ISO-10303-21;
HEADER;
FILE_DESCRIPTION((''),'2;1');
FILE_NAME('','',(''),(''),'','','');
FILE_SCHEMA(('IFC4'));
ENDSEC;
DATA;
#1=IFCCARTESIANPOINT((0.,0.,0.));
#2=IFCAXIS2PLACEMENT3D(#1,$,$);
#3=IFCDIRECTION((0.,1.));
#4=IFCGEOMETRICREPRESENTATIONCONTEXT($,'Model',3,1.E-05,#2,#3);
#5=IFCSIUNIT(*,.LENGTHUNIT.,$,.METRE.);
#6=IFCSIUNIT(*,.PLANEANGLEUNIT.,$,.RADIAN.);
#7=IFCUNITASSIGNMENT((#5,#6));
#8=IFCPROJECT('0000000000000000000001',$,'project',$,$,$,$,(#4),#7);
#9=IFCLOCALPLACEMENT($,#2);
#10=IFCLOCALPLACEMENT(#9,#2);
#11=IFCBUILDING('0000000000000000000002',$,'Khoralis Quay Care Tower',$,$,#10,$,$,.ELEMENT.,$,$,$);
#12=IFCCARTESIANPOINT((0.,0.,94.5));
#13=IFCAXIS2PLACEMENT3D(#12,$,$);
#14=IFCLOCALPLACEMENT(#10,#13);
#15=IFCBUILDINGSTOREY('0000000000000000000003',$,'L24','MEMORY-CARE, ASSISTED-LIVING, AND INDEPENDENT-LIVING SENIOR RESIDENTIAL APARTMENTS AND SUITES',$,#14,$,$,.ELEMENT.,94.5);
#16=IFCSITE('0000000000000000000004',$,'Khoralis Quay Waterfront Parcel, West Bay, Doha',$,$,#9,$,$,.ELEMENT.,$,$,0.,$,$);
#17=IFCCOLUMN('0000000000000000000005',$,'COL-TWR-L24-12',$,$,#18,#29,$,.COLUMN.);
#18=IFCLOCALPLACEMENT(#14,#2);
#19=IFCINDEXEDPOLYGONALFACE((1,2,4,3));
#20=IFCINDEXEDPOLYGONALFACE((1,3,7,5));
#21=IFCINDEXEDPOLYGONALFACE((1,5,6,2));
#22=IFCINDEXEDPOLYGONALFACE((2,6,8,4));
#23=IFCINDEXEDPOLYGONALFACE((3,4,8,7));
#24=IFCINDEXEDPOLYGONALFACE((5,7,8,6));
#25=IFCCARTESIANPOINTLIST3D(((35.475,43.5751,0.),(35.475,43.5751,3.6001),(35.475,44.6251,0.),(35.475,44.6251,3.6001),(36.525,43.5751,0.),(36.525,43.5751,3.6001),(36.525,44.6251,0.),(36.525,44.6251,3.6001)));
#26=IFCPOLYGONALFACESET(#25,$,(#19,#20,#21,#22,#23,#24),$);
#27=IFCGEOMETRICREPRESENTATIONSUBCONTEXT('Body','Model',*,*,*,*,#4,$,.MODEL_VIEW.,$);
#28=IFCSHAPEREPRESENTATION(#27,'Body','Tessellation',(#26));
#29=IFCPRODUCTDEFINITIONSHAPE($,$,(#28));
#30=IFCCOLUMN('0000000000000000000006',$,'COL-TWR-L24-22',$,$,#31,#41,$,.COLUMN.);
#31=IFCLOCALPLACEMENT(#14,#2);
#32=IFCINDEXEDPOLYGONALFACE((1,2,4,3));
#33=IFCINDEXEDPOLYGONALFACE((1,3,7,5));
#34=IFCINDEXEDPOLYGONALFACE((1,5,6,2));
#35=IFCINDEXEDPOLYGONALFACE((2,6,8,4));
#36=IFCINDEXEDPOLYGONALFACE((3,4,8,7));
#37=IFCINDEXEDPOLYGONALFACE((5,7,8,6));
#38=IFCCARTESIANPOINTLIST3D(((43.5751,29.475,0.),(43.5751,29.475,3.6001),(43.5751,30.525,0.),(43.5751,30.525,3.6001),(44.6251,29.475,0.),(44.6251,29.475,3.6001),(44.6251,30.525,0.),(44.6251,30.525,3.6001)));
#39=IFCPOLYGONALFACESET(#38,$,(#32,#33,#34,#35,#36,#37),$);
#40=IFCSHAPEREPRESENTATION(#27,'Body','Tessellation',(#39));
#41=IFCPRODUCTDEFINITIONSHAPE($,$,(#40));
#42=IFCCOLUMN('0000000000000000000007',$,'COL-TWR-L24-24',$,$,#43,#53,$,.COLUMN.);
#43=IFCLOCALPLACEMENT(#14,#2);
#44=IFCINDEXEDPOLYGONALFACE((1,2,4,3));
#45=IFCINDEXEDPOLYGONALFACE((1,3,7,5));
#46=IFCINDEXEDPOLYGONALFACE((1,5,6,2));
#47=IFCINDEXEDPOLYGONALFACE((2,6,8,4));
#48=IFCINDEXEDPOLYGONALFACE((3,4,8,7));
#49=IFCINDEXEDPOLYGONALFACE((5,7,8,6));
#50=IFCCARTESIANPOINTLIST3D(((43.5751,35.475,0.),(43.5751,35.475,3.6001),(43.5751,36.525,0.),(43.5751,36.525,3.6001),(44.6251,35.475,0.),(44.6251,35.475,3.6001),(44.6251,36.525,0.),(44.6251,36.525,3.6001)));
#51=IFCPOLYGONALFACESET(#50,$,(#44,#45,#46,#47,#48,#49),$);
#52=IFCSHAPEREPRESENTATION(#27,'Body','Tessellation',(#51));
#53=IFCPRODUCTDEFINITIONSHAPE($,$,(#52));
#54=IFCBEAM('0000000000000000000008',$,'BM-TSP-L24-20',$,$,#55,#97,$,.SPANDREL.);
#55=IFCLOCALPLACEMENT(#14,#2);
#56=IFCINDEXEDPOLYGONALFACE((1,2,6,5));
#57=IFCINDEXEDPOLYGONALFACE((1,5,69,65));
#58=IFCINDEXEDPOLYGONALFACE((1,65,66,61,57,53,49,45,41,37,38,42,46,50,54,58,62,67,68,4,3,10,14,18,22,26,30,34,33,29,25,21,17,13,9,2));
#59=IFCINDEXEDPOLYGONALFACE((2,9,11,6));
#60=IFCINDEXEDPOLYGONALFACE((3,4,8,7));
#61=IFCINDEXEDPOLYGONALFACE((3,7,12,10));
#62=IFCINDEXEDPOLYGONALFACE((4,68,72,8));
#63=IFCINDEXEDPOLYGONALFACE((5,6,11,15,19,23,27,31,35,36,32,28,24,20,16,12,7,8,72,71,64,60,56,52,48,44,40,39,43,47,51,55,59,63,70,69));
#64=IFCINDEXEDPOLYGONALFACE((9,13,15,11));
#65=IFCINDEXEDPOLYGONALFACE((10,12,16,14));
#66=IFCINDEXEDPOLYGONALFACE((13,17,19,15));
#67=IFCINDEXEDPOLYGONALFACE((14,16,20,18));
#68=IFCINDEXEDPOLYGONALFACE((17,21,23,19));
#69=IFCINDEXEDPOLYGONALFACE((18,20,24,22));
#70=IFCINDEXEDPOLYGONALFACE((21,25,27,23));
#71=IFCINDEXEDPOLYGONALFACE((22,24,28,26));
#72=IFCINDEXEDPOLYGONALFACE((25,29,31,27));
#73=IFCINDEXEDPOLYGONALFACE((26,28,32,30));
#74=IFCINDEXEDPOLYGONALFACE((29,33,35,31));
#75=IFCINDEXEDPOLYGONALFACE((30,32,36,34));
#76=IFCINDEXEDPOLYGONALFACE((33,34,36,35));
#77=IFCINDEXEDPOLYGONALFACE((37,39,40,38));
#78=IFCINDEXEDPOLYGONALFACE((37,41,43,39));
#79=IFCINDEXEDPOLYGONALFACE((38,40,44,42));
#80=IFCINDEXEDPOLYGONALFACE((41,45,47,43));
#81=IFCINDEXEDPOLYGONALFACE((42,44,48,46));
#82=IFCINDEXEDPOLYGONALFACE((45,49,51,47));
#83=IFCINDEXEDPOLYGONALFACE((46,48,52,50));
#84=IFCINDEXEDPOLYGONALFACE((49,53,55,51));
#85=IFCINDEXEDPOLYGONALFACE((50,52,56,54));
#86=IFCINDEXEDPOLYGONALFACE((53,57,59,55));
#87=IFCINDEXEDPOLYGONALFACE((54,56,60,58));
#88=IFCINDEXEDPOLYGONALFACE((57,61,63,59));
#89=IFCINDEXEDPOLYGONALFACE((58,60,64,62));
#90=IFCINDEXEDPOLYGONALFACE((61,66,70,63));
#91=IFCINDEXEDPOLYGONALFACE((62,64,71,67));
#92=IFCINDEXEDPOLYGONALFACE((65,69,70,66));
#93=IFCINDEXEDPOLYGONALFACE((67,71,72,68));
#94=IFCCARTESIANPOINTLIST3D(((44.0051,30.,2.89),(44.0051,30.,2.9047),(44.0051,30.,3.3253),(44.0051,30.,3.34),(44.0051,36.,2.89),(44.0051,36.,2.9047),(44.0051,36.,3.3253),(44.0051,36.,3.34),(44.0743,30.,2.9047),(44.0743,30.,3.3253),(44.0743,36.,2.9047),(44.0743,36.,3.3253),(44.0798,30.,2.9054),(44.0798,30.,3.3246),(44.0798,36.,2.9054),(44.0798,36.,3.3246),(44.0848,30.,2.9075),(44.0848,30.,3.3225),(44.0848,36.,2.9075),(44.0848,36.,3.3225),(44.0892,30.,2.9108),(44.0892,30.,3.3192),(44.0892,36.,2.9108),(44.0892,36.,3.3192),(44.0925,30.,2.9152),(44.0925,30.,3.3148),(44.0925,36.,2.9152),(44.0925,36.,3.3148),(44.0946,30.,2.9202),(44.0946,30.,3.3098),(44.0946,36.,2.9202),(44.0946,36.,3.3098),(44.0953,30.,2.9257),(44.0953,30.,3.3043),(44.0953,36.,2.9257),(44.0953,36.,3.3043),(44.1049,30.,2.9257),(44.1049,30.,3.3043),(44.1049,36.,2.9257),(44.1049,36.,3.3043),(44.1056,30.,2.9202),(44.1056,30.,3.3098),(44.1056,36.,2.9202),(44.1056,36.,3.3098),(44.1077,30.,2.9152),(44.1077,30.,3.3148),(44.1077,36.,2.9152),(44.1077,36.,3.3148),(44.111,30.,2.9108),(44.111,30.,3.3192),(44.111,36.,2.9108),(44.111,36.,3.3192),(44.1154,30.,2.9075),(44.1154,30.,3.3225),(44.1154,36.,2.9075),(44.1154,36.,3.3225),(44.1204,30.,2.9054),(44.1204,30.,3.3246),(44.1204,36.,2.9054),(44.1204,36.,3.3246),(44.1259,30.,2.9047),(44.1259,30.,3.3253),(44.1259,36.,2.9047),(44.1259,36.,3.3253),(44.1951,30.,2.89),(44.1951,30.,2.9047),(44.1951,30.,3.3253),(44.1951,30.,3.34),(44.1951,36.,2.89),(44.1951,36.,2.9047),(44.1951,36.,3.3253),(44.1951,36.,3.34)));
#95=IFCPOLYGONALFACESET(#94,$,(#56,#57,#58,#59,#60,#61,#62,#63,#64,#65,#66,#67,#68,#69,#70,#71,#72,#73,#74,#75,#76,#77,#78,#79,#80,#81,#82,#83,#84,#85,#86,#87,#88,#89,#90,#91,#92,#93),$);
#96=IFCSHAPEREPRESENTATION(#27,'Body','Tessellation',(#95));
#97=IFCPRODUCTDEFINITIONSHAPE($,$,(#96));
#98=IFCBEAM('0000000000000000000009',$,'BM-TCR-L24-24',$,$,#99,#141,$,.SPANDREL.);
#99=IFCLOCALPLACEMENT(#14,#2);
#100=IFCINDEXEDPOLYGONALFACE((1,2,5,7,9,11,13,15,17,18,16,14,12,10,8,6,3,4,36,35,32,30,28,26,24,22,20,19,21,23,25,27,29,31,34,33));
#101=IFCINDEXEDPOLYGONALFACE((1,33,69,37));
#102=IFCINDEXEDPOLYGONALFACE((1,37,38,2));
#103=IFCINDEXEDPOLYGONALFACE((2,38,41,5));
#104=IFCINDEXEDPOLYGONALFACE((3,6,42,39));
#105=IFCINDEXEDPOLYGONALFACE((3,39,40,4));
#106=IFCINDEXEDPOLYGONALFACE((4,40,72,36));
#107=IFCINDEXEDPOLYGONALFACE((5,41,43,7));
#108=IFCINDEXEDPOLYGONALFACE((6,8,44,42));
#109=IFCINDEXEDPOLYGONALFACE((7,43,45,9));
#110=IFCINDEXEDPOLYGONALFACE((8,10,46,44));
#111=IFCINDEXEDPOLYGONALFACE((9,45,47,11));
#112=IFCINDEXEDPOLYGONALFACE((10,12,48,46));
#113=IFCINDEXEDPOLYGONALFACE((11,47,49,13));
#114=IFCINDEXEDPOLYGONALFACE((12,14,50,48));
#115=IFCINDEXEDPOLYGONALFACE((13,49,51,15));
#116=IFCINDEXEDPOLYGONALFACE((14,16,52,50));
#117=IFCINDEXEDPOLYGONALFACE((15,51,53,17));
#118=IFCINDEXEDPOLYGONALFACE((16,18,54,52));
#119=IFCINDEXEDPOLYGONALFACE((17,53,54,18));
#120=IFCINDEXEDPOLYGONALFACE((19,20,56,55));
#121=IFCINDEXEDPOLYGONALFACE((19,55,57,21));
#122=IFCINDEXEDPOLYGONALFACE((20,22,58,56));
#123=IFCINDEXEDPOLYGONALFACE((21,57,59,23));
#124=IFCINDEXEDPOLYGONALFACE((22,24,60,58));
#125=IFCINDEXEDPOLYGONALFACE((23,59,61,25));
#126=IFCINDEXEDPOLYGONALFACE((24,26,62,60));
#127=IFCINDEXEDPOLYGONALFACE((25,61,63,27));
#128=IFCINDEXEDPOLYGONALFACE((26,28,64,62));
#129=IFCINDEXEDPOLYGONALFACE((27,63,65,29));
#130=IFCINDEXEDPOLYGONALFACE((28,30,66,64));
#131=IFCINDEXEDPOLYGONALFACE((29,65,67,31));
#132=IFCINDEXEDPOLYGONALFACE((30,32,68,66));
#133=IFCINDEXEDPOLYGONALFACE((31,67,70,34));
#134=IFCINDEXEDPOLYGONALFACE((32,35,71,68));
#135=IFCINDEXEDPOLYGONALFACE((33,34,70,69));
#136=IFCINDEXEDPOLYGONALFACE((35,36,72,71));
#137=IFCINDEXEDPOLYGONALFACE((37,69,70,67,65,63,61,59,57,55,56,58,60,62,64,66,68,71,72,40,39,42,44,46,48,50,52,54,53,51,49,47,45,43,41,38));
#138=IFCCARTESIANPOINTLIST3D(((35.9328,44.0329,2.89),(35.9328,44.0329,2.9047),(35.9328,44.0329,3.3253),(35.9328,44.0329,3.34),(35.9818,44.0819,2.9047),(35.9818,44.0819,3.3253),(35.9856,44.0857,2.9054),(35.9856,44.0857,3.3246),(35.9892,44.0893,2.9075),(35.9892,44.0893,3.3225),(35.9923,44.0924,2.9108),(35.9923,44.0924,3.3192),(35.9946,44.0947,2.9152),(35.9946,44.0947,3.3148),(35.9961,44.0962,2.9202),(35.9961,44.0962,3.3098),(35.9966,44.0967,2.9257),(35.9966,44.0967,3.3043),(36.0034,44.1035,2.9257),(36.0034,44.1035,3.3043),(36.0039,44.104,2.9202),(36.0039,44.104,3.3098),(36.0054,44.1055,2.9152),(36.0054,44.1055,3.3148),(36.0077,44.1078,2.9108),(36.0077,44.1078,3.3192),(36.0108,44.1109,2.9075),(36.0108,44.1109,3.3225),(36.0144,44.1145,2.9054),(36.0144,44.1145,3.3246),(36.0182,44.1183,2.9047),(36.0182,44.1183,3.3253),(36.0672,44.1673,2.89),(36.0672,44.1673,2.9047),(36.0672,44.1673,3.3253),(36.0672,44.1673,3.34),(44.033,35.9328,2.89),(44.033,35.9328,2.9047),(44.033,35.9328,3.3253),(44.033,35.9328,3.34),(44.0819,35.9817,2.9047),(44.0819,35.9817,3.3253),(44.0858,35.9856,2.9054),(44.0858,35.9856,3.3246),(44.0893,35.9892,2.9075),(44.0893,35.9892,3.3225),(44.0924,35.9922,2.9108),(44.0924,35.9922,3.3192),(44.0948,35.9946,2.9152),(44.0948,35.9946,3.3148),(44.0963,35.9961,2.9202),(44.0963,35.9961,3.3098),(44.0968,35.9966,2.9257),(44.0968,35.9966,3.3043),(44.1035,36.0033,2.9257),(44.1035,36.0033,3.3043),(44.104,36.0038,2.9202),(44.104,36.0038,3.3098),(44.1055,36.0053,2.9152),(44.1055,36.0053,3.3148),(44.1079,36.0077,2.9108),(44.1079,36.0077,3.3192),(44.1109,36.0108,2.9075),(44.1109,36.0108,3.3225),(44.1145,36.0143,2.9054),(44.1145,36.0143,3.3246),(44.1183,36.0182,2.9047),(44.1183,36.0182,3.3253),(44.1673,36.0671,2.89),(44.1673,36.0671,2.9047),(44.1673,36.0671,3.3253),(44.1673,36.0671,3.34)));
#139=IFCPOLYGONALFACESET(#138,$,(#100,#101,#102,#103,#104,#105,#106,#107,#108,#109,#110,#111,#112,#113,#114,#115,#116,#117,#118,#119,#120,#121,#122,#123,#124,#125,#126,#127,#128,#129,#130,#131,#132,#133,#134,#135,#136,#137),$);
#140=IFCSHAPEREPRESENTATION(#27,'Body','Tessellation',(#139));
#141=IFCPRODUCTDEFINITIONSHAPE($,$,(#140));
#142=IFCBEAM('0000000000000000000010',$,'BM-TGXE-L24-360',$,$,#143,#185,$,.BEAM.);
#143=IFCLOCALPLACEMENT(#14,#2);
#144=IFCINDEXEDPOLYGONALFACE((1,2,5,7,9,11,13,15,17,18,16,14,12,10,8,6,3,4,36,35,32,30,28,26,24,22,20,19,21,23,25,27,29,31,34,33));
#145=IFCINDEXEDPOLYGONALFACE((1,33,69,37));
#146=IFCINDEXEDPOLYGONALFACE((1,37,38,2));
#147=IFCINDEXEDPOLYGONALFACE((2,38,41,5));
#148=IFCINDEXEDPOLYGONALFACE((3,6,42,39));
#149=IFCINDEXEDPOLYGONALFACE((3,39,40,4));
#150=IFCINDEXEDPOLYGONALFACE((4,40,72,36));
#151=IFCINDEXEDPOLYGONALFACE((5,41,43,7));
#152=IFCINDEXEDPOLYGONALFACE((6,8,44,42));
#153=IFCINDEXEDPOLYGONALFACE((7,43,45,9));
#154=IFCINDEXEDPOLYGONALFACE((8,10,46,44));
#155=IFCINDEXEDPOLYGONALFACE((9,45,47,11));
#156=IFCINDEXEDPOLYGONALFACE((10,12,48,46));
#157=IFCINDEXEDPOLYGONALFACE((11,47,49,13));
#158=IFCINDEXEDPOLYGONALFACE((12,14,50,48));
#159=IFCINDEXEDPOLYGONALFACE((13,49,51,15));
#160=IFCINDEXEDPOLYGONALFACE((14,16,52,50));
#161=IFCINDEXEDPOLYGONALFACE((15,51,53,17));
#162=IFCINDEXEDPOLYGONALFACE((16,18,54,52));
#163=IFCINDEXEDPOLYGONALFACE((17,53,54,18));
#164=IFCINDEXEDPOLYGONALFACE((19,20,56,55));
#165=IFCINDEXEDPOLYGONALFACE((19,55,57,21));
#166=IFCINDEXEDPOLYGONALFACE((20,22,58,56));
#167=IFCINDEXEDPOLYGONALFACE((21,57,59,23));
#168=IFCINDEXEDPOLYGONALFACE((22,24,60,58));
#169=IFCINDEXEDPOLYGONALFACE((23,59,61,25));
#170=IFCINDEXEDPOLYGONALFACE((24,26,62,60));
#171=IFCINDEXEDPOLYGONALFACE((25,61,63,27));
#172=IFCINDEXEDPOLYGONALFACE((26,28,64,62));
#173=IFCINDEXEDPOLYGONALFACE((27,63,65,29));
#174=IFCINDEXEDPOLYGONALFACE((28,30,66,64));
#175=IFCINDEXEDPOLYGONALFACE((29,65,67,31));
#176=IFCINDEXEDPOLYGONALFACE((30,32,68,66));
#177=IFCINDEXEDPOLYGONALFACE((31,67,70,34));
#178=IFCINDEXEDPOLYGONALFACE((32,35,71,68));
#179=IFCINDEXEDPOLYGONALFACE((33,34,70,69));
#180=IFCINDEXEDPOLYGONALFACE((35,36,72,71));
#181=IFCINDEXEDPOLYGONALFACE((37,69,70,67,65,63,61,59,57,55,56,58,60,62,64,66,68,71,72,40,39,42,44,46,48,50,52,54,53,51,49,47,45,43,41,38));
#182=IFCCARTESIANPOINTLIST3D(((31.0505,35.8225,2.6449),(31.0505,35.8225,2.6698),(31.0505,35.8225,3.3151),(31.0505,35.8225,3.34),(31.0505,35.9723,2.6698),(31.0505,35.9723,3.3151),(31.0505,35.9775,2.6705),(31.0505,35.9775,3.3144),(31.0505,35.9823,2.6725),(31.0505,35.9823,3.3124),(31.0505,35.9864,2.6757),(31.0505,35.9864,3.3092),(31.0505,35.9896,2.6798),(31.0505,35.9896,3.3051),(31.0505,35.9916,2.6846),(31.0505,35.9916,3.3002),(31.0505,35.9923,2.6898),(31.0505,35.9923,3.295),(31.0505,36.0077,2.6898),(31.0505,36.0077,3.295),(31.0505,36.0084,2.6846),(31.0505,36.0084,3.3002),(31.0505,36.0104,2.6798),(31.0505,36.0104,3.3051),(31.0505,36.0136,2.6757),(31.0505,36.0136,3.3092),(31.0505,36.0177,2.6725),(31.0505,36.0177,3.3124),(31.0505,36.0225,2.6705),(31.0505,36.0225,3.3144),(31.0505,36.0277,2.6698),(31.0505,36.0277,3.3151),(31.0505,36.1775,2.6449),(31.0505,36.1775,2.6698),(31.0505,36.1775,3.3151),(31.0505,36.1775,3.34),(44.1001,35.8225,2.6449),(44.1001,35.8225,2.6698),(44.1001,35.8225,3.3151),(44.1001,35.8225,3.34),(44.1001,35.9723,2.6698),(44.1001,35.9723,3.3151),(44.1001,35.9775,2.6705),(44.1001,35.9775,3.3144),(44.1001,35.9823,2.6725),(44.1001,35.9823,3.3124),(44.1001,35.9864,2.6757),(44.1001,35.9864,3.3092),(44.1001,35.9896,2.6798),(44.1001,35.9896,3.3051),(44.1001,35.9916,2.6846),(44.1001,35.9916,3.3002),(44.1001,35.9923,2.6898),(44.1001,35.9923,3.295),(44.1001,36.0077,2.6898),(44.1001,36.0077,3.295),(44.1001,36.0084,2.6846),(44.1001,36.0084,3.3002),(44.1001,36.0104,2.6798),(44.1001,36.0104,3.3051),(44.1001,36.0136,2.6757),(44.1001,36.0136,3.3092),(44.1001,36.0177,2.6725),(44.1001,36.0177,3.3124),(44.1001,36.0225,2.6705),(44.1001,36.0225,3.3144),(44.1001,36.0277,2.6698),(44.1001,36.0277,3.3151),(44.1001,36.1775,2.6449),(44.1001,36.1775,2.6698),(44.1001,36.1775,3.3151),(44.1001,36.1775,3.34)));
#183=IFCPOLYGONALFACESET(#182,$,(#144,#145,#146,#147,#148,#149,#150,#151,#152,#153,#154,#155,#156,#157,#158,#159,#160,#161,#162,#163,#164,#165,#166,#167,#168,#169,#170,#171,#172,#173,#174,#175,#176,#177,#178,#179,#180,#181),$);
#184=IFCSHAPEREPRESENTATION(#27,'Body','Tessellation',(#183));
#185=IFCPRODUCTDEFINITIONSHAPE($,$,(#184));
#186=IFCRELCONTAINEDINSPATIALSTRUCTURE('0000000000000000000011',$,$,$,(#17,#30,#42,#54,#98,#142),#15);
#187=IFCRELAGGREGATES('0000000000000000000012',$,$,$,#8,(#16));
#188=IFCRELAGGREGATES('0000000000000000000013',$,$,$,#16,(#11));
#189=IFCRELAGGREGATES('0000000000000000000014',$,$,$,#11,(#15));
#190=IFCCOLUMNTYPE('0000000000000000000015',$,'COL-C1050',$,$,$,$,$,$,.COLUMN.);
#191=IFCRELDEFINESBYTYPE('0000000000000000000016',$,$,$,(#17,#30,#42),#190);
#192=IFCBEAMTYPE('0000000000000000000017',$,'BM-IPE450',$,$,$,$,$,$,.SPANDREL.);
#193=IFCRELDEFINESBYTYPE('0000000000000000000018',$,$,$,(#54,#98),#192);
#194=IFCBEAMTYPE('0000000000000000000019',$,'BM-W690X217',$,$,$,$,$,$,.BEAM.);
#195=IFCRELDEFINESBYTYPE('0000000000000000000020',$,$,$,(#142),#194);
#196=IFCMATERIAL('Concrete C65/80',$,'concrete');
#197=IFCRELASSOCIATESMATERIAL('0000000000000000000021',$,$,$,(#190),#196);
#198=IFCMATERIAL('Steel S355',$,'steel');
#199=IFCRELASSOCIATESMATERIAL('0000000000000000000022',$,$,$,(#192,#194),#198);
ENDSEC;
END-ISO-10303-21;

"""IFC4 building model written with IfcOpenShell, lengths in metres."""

from ifc_helpers import new_model, si_unit, direction, frame, origin, origin_2d, place, context, subcontext, project, spatial, rectangle, i_section, extrude, source, transform, mapped, material, material_profile, profile_set, type_object, element, save


model = new_model("IFC4")

# Units and contexts
model_context = context("Model", 3, precision=1e-05, world=origin(), true_north=direction((0.0, 1.0)))
body_context = subcontext(model_context, "Body", "Model", "MODEL_VIEW")
ifc_project = project(units=[si_unit("LENGTHUNIT", "METRE"), si_unit("PLANEANGLEUNIT", "RADIAN")], contexts=[model_context])

# Site, building, storey
site_placement = place(None, origin())
site = spatial("IfcSite", under=ifc_project, at=site_placement, Name="Khoralis Quay Waterfront Parcel, West Bay, Doha", CompositionType="ELEMENT", RefElevation=0.0)
building_placement = place(site_placement, origin())
building = spatial("IfcBuilding", under=site, at=building_placement, Name="Khoralis Quay Care Tower", CompositionType="ELEMENT")
storey_placement = place(building_placement, frame((0.0, 0.0, 94.5)))
storey = spatial("IfcBuildingStorey", under=building, at=storey_placement, Name="L24", Description="MEMORY-CARE, ASSISTED-LIVING, AND INDEPENDENT-LIVING SENIOR RESIDENTIAL APARTMENTS AND SUITES", CompositionType="ELEMENT", Elevation=94.5)

# Columns
ifc_material_1 = material(Name="Concrete C65/80", Category="concrete")
ifc_material_profile_1 = material_profile(ifc_material_1, rectangle(XDim=1.05, YDim=1.05, at=origin_2d()), Name="Concrete C65/80")
ifc_profile_set_1 = profile_set([ifc_material_profile_1], Name="Concrete C65/80")
column_type = type_object("IfcColumnType", Name="COL-C1050", PredefinedType="COLUMN", material=ifc_profile_set_1)
shared_shape_1 = source(origin(), body_context, "Body", "SweptSolid", [
    extrude(rectangle(XDim=1.05, YDim=1.05, at=origin_2d()), origin(), (0.0, 0.0, 1.0), 3.6001),
])
for number, where, z_axis, x_axis, name in (
    (1, (36.0, 44.1001, 0.0), (0.0, 0.0, 1.0), (1.0, 0.0, 0.0), "COL-TWR-L24-12"),
    (2, (44.1001, 30.0, 0.0), (0.0, 0.0, 1.0), (1.0, 0.0, 0.0), "COL-TWR-L24-22"),
    (3, (44.1001, 36.0, 0.0), (0.0, 0.0, 1.0), (1.0, 0.0, 0.0), "COL-TWR-L24-24"),
):
    element("IfcColumn", number, at=place(storey_placement, frame(where, z_axis=z_axis, x_axis=x_axis)), inside=storey, type_object=column_type, Name=name, PredefinedType="COLUMN", context=body_context, shape_type="MappedRepresentation", body=[
        mapped(shared_shape_1, transform((0.0, 0.0, 0.0), scale=1.0)),
    ])

# Beams
ifc_material_2 = material(Name="Steel S355", Category="steel")
ifc_material_profile_2 = material_profile(ifc_material_2, i_section(OverallWidth=0.1899, OverallDepth=0.45, WebThickness=0.0095, FlangeThickness=0.0146, FilletRadius=0.021, at=origin_2d()), Name="Steel S355")
ifc_profile_set_2 = profile_set([ifc_material_profile_2], Name="Steel S355")
beam_type_1 = type_object("IfcBeamType", Name="BM-IPE450", PredefinedType="SPANDREL", material=ifc_profile_set_2)
shared_shape_2 = source(origin(), body_context, "Body", "SweptSolid", [
    extrude(i_section(OverallWidth=0.1899, OverallDepth=0.45, WebThickness=0.0095, FlangeThickness=0.0146, FilletRadius=0.021, at=origin_2d()), origin(), (0.0, 0.0, 1.0), 6.0),
])
beam_1_placement = place(storey_placement, frame((44.1001, 30.0, 3.115), z_axis=(0.0, 1.0, 0.0), x_axis=(-1.0, 0.0, 0.0)))
element("IfcBeam", 4, at=beam_1_placement, inside=storey, type_object=beam_type_1, Name="BM-TSP-L24-20", PredefinedType="SPANDREL", context=body_context, shape_type="MappedRepresentation", body=[
    mapped(shared_shape_2, transform((0.0, 0.0, 0.0), scale=1.0)),
])
shared_shape_3 = source(origin(), body_context, "Body", "SweptSolid", [
    extrude(i_section(OverallWidth=0.1899, OverallDepth=0.45, WebThickness=0.0095, FlangeThickness=0.0146, FilletRadius=0.021, at=origin_2d()), origin(), (0.0, 0.0, 1.0), 11.4553),
])
beam_2_placement = place(storey_placement, frame((36.0, 44.1001, 3.115), z_axis=(0.707107, -0.707107, 0.0), x_axis=(0.707107, 0.707107, 0.0)))
element("IfcBeam", 5, at=beam_2_placement, inside=storey, type_object=beam_type_1, Name="BM-TCR-L24-24", PredefinedType="SPANDREL", context=body_context, shape_type="MappedRepresentation", body=[
    mapped(shared_shape_3, transform((0.0, 0.0, 0.0), scale=1.0)),
])
ifc_material_profile_3 = material_profile(ifc_material_2, i_section(OverallWidth=0.355, OverallDepth=0.6951, WebThickness=0.0154, FlangeThickness=0.0249, FilletRadius=0.02, at=origin_2d()), Name="Steel S355")
ifc_profile_set_3 = profile_set([ifc_material_profile_3], Name="Steel S355")
beam_type_2 = type_object("IfcBeamType", Name="BM-W690X217", PredefinedType="BEAM", material=ifc_profile_set_3)
shared_shape_4 = source(origin(), body_context, "Body", "SweptSolid", [
    extrude(i_section(OverallWidth=0.355, OverallDepth=0.6951, WebThickness=0.0154, FlangeThickness=0.0249, FilletRadius=0.02, at=origin_2d()), origin(), (0.0, 0.0, 1.0), 13.0496),
])
beam_3_placement = place(storey_placement, frame((31.0505, 36.0, 2.9924), z_axis=(1.0, 0.0, 0.0), x_axis=(0.0, 1.0, 0.0)))
element("IfcBeam", 6, at=beam_3_placement, inside=storey, type_object=beam_type_2, Name="BM-TGXE-L24-360", PredefinedType="BEAM", context=body_context, shape_type="MappedRepresentation", body=[
    mapped(shared_shape_4, transform((0.0, 0.0, 0.0), scale=1.0)),
])

save(model, "model.ifc")
